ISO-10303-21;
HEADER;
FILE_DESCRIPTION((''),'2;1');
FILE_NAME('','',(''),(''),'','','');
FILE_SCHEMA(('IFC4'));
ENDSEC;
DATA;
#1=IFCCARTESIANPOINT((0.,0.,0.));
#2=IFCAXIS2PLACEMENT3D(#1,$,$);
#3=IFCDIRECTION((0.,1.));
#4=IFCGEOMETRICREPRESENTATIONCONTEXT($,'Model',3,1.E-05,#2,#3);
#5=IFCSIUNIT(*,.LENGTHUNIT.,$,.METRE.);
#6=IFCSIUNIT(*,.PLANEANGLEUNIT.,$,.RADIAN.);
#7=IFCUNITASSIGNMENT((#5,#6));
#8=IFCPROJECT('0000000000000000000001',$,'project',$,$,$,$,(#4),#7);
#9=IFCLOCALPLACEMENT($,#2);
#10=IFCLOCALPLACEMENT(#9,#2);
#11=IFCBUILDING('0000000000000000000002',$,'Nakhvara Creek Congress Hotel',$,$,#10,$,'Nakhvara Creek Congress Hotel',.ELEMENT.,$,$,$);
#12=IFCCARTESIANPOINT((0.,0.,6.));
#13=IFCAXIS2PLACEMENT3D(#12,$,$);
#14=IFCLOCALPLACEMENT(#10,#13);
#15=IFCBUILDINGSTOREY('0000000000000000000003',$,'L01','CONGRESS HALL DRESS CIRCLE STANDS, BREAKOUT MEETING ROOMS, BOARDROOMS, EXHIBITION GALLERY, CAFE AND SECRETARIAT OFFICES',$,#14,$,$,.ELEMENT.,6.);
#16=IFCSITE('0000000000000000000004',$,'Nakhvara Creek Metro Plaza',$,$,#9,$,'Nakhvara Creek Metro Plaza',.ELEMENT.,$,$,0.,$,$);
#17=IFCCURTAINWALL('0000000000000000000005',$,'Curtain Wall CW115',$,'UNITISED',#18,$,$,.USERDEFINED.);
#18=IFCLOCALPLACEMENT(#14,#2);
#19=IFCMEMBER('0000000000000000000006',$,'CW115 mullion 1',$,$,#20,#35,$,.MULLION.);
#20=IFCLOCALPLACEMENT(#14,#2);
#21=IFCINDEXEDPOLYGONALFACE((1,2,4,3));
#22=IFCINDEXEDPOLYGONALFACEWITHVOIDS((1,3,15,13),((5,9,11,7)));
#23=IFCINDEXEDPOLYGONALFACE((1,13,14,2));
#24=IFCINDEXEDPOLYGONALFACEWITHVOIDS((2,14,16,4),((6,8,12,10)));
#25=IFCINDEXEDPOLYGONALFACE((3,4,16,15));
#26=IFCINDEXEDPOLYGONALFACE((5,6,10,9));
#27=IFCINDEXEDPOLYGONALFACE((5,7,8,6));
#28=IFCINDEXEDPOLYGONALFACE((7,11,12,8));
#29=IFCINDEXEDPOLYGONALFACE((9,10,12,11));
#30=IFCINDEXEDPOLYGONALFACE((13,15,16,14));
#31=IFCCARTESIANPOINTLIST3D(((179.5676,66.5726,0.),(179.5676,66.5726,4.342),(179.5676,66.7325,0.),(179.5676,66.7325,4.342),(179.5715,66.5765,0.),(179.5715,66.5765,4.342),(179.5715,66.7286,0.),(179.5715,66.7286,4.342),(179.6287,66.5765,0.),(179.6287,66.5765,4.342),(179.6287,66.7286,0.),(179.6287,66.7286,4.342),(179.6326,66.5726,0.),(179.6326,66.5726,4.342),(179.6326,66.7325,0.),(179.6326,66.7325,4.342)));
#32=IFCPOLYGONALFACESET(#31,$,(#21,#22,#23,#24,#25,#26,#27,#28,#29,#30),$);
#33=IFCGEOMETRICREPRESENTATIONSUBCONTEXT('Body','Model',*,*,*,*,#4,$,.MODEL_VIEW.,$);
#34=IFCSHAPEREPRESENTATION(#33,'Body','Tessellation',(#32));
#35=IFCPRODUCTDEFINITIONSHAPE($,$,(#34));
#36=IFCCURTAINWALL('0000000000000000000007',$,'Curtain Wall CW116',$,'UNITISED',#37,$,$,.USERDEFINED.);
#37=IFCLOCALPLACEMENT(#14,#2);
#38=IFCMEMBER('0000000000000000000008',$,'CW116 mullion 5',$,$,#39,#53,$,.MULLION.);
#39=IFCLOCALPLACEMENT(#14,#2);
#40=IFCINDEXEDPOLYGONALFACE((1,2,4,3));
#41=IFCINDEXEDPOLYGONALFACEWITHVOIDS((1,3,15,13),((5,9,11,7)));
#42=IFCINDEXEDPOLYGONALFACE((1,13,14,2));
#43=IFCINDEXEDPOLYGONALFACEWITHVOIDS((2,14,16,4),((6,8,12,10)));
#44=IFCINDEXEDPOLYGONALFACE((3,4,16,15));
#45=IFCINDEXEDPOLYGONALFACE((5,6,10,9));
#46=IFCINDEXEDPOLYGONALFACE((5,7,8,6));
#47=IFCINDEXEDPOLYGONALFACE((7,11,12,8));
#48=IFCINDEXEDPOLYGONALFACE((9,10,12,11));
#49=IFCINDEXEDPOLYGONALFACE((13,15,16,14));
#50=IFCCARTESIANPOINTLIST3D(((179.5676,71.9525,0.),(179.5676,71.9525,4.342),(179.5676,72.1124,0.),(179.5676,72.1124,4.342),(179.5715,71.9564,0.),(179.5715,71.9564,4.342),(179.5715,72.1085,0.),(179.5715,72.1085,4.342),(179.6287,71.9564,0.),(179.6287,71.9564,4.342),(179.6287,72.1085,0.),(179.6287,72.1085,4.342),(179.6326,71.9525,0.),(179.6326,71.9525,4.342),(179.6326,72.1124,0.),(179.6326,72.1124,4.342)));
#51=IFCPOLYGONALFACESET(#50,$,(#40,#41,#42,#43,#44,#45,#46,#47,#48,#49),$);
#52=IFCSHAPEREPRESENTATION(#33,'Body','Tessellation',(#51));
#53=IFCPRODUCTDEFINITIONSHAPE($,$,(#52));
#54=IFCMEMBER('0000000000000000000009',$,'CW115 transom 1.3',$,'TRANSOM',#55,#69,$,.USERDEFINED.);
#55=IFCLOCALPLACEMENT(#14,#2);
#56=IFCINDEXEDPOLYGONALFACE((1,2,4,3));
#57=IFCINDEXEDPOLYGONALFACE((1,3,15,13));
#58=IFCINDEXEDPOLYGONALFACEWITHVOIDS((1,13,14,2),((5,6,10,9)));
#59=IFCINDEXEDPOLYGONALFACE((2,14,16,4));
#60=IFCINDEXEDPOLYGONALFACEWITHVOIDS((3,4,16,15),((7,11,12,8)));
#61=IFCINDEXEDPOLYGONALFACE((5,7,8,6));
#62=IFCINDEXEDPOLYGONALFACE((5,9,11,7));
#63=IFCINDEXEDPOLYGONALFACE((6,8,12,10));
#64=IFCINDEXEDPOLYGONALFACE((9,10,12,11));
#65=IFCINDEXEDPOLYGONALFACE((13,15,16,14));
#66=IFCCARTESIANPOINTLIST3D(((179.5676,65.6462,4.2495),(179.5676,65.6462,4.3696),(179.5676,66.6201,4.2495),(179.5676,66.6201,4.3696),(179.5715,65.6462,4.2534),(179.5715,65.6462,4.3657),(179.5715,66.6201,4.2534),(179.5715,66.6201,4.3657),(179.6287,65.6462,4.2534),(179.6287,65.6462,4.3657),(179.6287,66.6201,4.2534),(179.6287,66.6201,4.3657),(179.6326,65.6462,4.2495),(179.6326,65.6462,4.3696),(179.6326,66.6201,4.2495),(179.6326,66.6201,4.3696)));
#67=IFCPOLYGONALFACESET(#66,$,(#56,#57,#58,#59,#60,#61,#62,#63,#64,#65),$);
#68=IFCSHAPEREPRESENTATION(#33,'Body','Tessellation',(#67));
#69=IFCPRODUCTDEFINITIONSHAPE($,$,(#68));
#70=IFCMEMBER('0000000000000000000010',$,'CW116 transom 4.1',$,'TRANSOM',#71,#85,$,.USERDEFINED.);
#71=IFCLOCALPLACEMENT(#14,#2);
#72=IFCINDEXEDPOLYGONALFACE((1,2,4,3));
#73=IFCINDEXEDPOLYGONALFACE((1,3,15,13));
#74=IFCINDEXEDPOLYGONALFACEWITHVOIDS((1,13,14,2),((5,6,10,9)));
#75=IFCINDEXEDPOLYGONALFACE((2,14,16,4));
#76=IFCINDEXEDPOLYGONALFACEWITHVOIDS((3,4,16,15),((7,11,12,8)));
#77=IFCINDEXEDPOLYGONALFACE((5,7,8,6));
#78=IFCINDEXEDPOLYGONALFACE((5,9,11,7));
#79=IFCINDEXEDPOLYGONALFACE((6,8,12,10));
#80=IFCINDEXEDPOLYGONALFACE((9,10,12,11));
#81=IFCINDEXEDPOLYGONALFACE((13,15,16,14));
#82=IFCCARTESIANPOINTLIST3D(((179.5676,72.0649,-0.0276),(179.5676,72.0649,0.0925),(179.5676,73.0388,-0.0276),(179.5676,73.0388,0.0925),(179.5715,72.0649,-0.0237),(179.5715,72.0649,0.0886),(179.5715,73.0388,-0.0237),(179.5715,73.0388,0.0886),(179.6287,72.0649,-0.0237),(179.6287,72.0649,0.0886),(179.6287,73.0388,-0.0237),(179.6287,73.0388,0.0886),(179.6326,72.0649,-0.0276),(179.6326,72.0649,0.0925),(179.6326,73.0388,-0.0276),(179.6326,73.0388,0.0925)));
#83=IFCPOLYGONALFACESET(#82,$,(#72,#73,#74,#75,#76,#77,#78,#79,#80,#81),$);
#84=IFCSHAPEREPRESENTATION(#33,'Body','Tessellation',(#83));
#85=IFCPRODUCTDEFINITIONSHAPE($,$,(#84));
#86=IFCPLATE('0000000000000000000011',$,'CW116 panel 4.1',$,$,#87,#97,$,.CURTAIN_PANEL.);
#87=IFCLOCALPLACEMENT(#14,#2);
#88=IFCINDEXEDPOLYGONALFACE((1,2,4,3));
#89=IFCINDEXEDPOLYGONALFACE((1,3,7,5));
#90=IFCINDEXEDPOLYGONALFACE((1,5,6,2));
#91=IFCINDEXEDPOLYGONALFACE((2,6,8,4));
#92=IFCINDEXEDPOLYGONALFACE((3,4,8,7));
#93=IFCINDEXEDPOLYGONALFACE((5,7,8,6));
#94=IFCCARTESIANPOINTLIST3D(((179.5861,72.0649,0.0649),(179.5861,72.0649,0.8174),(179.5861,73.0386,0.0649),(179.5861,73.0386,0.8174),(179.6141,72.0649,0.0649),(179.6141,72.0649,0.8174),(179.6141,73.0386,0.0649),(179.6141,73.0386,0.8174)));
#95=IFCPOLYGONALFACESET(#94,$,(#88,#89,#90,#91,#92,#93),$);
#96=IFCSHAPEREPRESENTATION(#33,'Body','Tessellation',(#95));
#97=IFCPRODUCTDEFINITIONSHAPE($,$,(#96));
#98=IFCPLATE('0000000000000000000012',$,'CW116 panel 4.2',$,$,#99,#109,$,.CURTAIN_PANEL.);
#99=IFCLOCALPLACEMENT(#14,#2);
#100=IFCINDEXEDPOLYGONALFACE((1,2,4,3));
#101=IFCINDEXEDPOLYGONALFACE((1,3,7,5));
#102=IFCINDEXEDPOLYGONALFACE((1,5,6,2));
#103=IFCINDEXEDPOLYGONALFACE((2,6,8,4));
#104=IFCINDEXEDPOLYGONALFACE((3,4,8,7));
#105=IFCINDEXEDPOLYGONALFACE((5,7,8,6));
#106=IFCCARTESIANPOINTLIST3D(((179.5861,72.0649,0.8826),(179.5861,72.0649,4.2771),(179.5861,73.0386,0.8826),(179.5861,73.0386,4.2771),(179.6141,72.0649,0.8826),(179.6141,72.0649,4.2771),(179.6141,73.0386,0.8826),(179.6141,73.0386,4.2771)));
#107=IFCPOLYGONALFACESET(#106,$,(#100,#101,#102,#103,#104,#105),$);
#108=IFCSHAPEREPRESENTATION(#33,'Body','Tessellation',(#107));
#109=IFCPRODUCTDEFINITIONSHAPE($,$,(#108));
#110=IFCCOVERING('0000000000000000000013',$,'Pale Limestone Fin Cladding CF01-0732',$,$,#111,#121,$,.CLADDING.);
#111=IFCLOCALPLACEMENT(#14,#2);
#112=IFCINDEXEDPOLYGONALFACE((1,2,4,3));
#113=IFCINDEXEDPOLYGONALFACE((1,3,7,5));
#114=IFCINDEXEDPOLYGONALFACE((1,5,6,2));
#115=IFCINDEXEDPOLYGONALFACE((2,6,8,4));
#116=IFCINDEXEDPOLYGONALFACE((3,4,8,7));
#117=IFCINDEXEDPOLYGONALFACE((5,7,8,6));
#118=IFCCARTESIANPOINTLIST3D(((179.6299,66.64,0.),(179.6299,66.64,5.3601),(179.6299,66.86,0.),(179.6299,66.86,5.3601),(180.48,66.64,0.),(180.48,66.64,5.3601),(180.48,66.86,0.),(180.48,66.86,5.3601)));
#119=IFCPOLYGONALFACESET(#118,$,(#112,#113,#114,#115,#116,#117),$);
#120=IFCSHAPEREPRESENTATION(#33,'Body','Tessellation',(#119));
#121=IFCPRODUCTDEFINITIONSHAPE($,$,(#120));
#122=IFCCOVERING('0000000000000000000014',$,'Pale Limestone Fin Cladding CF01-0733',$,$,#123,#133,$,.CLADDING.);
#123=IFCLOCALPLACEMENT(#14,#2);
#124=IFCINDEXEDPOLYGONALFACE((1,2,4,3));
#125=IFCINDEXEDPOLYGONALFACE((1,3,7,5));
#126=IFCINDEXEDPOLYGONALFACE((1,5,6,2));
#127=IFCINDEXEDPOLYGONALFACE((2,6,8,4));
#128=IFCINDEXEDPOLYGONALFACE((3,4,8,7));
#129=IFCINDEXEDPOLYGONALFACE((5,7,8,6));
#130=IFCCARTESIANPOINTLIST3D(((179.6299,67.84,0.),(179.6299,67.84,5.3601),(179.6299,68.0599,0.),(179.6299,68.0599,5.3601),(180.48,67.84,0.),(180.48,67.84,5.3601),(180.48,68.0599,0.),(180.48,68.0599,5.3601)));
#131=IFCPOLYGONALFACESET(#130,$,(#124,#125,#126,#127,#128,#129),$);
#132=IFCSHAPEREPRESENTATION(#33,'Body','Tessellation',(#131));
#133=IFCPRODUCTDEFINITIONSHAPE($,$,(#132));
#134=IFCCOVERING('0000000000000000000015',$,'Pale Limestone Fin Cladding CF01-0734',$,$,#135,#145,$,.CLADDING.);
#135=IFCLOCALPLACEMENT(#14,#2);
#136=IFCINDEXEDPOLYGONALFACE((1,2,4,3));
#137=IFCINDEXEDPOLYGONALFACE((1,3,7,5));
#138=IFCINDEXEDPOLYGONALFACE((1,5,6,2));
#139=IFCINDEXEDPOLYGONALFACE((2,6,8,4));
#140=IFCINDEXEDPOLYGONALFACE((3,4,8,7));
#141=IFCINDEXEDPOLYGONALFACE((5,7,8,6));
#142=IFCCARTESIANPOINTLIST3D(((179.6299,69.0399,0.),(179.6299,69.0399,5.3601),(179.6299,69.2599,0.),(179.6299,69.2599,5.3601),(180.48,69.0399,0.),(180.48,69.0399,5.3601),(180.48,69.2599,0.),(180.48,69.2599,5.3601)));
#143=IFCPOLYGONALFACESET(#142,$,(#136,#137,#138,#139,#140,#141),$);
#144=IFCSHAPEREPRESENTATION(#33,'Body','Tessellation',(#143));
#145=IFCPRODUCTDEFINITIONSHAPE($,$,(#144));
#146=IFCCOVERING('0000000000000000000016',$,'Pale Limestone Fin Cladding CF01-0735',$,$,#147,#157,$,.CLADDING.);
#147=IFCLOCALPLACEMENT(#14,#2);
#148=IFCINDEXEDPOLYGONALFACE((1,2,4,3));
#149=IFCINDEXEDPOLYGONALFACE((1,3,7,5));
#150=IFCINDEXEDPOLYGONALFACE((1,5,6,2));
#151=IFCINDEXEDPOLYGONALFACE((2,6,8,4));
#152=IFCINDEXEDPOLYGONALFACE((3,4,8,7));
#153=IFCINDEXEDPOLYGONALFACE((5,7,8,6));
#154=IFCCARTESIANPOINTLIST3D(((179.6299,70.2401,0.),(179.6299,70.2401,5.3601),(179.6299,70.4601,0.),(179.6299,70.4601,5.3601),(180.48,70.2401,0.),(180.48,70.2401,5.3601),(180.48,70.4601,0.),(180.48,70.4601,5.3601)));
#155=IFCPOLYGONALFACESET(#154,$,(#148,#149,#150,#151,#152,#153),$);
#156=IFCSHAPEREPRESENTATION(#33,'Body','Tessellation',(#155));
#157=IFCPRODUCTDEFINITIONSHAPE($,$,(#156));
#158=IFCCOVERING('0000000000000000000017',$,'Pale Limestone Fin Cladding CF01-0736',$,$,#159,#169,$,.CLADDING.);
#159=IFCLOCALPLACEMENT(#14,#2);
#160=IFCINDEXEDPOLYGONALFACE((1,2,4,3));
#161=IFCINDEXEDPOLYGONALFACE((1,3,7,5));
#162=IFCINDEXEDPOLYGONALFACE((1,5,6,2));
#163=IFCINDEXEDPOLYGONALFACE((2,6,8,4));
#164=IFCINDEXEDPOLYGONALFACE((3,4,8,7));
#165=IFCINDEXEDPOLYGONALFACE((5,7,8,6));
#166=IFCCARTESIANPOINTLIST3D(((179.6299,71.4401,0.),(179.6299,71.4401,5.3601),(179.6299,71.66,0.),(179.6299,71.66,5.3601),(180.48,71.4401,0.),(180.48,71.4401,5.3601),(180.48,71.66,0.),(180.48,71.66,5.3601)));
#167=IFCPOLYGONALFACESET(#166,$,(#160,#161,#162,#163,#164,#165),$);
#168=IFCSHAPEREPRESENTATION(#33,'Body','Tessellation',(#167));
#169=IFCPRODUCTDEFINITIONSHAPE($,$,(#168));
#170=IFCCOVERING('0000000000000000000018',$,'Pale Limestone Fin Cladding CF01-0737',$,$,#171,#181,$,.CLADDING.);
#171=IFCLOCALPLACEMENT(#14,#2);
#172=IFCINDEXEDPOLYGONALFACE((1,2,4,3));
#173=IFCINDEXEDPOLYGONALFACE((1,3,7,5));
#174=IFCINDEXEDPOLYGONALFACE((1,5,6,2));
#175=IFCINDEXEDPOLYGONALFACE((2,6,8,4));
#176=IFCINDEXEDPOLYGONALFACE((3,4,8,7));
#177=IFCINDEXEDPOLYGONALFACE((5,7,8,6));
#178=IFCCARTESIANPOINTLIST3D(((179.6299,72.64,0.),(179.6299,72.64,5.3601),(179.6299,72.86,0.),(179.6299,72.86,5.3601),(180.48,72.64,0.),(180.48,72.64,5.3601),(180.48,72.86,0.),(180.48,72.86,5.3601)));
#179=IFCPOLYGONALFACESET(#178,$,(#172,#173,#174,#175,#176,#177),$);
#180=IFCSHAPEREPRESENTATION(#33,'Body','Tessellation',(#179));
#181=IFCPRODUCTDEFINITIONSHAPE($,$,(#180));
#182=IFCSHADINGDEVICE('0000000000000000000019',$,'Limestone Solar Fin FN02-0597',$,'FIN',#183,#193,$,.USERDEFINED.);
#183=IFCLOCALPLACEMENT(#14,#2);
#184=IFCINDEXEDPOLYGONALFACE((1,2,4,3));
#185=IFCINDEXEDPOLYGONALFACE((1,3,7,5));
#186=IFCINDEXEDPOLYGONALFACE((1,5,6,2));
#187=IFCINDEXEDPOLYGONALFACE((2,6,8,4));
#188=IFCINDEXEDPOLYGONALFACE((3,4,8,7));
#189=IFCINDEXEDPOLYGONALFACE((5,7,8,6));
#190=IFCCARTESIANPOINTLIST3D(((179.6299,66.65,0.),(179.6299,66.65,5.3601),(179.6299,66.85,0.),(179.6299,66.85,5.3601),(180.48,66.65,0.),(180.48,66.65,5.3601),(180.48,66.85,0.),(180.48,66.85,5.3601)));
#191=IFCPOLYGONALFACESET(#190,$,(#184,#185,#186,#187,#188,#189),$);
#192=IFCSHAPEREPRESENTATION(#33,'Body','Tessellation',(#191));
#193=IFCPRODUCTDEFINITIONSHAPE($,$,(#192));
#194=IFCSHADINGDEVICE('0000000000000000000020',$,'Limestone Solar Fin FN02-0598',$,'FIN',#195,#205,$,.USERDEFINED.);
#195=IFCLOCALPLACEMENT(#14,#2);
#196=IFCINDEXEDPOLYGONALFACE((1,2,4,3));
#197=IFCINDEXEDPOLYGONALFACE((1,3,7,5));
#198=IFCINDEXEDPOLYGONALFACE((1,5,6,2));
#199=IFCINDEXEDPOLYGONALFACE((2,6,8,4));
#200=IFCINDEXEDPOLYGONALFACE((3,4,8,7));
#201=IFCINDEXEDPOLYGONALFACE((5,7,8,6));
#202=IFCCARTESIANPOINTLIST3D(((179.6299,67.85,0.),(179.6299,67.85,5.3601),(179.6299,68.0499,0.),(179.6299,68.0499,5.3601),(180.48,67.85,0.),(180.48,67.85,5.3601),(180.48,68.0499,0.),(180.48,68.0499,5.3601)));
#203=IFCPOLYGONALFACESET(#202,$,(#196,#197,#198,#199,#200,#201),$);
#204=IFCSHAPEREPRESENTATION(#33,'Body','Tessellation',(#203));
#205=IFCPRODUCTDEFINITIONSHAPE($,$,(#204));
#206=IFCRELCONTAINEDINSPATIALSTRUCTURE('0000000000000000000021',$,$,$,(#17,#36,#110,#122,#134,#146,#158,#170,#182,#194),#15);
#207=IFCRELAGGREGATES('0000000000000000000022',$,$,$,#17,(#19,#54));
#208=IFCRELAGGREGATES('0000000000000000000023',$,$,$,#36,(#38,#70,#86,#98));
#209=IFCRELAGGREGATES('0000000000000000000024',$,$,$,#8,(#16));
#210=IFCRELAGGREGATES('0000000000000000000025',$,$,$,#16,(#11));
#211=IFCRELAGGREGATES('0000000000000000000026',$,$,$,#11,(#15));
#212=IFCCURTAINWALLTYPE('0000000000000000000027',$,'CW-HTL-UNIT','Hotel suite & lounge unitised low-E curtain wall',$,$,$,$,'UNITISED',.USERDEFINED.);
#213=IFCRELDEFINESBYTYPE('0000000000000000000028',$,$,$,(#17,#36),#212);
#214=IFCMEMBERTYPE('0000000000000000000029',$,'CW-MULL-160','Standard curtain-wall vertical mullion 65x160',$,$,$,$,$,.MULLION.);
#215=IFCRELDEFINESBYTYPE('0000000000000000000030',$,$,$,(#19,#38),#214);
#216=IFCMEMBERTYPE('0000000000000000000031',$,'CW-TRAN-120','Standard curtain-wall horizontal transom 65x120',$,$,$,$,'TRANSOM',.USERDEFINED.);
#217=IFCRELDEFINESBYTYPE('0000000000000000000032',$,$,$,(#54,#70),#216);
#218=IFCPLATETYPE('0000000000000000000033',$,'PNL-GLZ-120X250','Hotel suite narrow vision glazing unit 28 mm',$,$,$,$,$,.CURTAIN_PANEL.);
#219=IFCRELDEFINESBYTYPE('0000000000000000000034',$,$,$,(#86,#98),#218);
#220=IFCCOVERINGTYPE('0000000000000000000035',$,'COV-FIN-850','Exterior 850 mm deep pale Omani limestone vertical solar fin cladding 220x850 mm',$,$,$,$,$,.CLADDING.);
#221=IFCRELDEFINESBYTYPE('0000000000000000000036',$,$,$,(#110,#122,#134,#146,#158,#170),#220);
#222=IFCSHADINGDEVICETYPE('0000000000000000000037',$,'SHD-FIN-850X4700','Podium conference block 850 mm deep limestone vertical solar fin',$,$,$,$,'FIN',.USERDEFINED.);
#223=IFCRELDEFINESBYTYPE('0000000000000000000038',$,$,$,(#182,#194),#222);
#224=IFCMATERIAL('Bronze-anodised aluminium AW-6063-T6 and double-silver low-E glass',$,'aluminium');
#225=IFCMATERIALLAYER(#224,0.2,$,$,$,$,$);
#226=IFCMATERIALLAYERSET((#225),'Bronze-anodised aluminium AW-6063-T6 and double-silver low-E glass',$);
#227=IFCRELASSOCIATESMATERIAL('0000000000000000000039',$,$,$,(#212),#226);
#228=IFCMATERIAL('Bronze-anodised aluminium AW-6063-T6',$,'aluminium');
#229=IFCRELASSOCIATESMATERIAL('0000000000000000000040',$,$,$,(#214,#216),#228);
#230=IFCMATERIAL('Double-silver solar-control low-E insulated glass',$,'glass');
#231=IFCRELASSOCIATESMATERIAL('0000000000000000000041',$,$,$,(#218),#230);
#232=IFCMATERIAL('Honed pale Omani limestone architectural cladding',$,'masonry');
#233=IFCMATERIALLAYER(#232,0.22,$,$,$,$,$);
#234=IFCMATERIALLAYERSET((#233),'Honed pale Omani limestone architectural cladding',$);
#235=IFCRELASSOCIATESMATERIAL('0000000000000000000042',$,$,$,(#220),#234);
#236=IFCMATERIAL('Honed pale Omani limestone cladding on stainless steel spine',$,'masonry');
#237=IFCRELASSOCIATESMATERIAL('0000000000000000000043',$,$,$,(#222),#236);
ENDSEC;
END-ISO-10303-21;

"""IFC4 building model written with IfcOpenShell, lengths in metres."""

from ifc_helpers import new_model, si_unit, direction, frame, origin, origin_2d, place, context, subcontext, project, spatial, rectangle, hollow_rectangle, extrude, material, layer, layer_set, material_profile, profile_set, type_object, element, aggregate, save


model = new_model("IFC4")

# Units and contexts
model_context = context("Model", 3, precision=1e-05, world=origin(), true_north=direction((0.0, 1.0)))
body_context = subcontext(model_context, "Body", "Model", "MODEL_VIEW")
ifc_project = project(units=[si_unit("LENGTHUNIT", "METRE"), si_unit("PLANEANGLEUNIT", "RADIAN")], contexts=[model_context])

# Site, building, storey
site_placement = place(None, origin())
site = spatial("IfcSite", under=ifc_project, at=site_placement, Name="Nakhvara Creek Metro Plaza", LongName="Nakhvara Creek Metro Plaza", CompositionType="ELEMENT", RefElevation=0.0)
building_placement = place(site_placement, origin())
building = spatial("IfcBuilding", under=site, at=building_placement, Name="Nakhvara Creek Congress Hotel", LongName="Nakhvara Creek Congress Hotel", CompositionType="ELEMENT")
storey_placement = place(building_placement, frame((0.0, 0.0, 6.0)))
storey = spatial("IfcBuildingStorey", under=building, at=storey_placement, Name="L01", Description="CONGRESS HALL DRESS CIRCLE STANDS, BREAKOUT MEETING ROOMS, BOARDROOMS, EXHIBITION GALLERY, CAFE AND SECRETARIAT OFFICES", CompositionType="ELEMENT", Elevation=6.0)

# Curtain walls, members
ifc_material_1 = material(Name="Bronze-anodised aluminium AW-6063-T6 and double-silver low-E glass", Category="aluminium")
ifc_layer_1 = layer(ifc_material_1, 0.2)
ifc_layer_set_1 = layer_set([ifc_layer_1], Name="Bronze-anodised aluminium AW-6063-T6 and double-silver low-E glass")
curtain_wall_type = type_object("IfcCurtainWallType", Name="CW-HTL-UNIT", Description="Hotel suite & lounge unitised low-E curtain wall", ElementType="UNITISED", PredefinedType="USERDEFINED", material=ifc_layer_set_1)
curtain_wall_1_placement = place(storey_placement, origin())
curtain_wall_1 = element("IfcCurtainWall", 1, at=curtain_wall_1_placement, inside=storey, type_object=curtain_wall_type, Name="Curtain Wall CW115", ObjectType="UNITISED", PredefinedType="USERDEFINED")
ifc_material_2 = material(Name="Bronze-anodised aluminium AW-6063-T6", Category="aluminium")
ifc_material_profile_1 = material_profile(ifc_material_2, hollow_rectangle(XDim=0.0649, YDim=0.1599, WallThickness=0.0039, at=origin_2d()), Name="ALU-MULL 65x160x4", Category="LoadBearing")
ifc_profile_set_1 = profile_set([ifc_material_profile_1], Name="Bronze-anodised aluminium AW-6063-T6")
member_type_1 = type_object("IfcMemberType", Name="CW-MULL-160", Description="Standard curtain-wall vertical mullion 65x160", PredefinedType="MULLION", material=ifc_profile_set_1)
member_1_placement = place(storey_placement, frame((179.6001, 66.6526, 0.0), z_axis=(0.0, 0.0, 1.0), x_axis=(1.0, 0.0, 0.0)))
member_1 = element("IfcMember", 2, at=member_1_placement, type_object=member_type_1, Name="CW115 mullion 1", PredefinedType="MULLION", context=body_context, shape_type="SweptSolid", body=[
    extrude(hollow_rectangle(XDim=0.0649, YDim=0.1599, WallThickness=0.0039, at=origin_2d()), origin(), (0.0, 0.0, 1.0), 4.342),
])
curtain_wall_2_placement = place(storey_placement, origin())
curtain_wall_2 = element("IfcCurtainWall", 3, at=curtain_wall_2_placement, inside=storey, type_object=curtain_wall_type, Name="Curtain Wall CW116", ObjectType="UNITISED", PredefinedType="USERDEFINED")
member_2_placement = place(storey_placement, frame((179.6001, 72.0325, 0.0), z_axis=(0.0, 0.0, 1.0), x_axis=(1.0, 0.0, 0.0)))
member_2 = element("IfcMember", 4, at=member_2_placement, type_object=member_type_1, Name="CW116 mullion 5", PredefinedType="MULLION", context=body_context, shape_type="SweptSolid", body=[
    extrude(hollow_rectangle(XDim=0.0649, YDim=0.1599, WallThickness=0.0039, at=origin_2d()), origin(), (0.0, 0.0, 1.0), 4.342),
])

# Members
ifc_material_profile_2 = material_profile(ifc_material_2, hollow_rectangle(XDim=0.0649, YDim=0.1201, WallThickness=0.0039, at=origin_2d()), Name="ALU-TRAN 65x120x4", Category="LoadBearing")
ifc_profile_set_2 = profile_set([ifc_material_profile_2], Name="Bronze-anodised aluminium AW-6063-T6")
member_type_2 = type_object("IfcMemberType", Name="CW-TRAN-120", Description="Standard curtain-wall horizontal transom 65x120", ElementType="TRANSOM", PredefinedType="USERDEFINED", material=ifc_profile_set_2)
member_3_placement = place(storey_placement, frame((179.6001, 66.6201, 4.3096), z_axis=(0.0, -1.0, 0.0), x_axis=(1.0, 0.0, 0.0)))
member_3 = element("IfcMember", 5, at=member_3_placement, type_object=member_type_2, Name="CW115 transom 1.3", ObjectType="TRANSOM", PredefinedType="USERDEFINED", context=body_context, shape_type="SweptSolid", body=[
    extrude(hollow_rectangle(XDim=0.0649, YDim=0.1201, WallThickness=0.0039, at=origin_2d()), origin(), (0.0, 0.0, 1.0), 0.9739),
])
aggregate(curtain_wall_1, [member_1, member_3])
member_4_placement = place(storey_placement, frame((179.6001, 73.0388, 0.0325), z_axis=(0.0, -1.0, 0.0), x_axis=(1.0, 0.0, 0.0)))
member_4 = element("IfcMember", 6, at=member_4_placement, type_object=member_type_2, Name="CW116 transom 4.1", ObjectType="TRANSOM", PredefinedType="USERDEFINED", context=body_context, shape_type="SweptSolid", body=[
    extrude(hollow_rectangle(XDim=0.0649, YDim=0.1201, WallThickness=0.0039, at=origin_2d()), origin(), (0.0, 0.0, 1.0), 0.9739),
])

# Plates
ifc_material_3 = material(Name="Double-silver solar-control low-E insulated glass", Category="glass")
plate_type = type_object("IfcPlateType", Name="PNL-GLZ-120X250", Description="Hotel suite narrow vision glazing unit 28 mm", PredefinedType="CURTAIN_PANEL", material=ifc_material_3)
plate_1_placement = place(storey_placement, frame((179.6001, 72.5518, 0.0649), z_axis=(0.0, 0.0, 1.0), x_axis=(0.0, -1.0, 0.0)))
plate_1 = element("IfcPlate", 7, at=plate_1_placement, type_object=plate_type, Name="CW116 panel 4.1", PredefinedType="CURTAIN_PANEL", context=body_context, shape_type="SweptSolid", body=[
    extrude(rectangle(XDim=0.9736, YDim=0.0281, at=origin_2d()), origin(), (0.0, 0.0, 1.0), 0.7524),
])
plate_2_placement = place(storey_placement, frame((179.6001, 72.5518, 0.8826), z_axis=(0.0, 0.0, 1.0), x_axis=(0.0, -1.0, 0.0)))
plate_2 = element("IfcPlate", 8, at=plate_2_placement, type_object=plate_type, Name="CW116 panel 4.2", PredefinedType="CURTAIN_PANEL", context=body_context, shape_type="SweptSolid", body=[
    extrude(rectangle(XDim=0.9736, YDim=0.0281, at=origin_2d()), origin(), (0.0, 0.0, 1.0), 3.3945),
])
aggregate(curtain_wall_2, [member_2, member_4, plate_1, plate_2])

# Coverings
ifc_material_4 = material(Name="Honed pale Omani limestone architectural cladding", Category="masonry")
ifc_layer_2 = layer(ifc_material_4, 0.22)
ifc_layer_set_2 = layer_set([ifc_layer_2], Name="Honed pale Omani limestone architectural cladding")
covering_type = type_object("IfcCoveringType", Name="COV-FIN-850", Description="Exterior 850 mm deep pale Omani limestone vertical solar fin cladding 220x850 mm", PredefinedType="CLADDING", material=ifc_layer_set_2)
for number, where, z_axis, x_axis, name in (
    (9, (180.0549, 66.75, 0.0), (0.0, 0.0, 1.0), (0.0, 1.0, 0.0), "Pale Limestone Fin Cladding CF01-0732"),
    (10, (180.0549, 67.95, 0.0), (0.0, 0.0, 1.0), (0.0, 1.0, 0.0), "Pale Limestone Fin Cladding CF01-0733"),
    (11, (180.0549, 69.1499, 0.0), (0.0, 0.0, 1.0), (0.0, 1.0, 0.0), "Pale Limestone Fin Cladding CF01-0734"),
    (12, (180.0549, 70.3501, 0.0), (0.0, 0.0, 1.0), (0.0, 1.0, 0.0), "Pale Limestone Fin Cladding CF01-0735"),
    (13, (180.0549, 71.55, 0.0), (0.0, 0.0, 1.0), (0.0, 1.0, 0.0), "Pale Limestone Fin Cladding CF01-0736"),
    (14, (180.0549, 72.75, 0.0), (0.0, 0.0, 1.0), (0.0, 1.0, 0.0), "Pale Limestone Fin Cladding CF01-0737"),
):
    element("IfcCovering", number, at=place(storey_placement, frame(where, z_axis=z_axis, x_axis=x_axis)), inside=storey, type_object=covering_type, Name=name, PredefinedType="CLADDING", context=body_context, shape_type="SweptSolid", body=[
        extrude(rectangle(XDim=0.22, YDim=0.8501, at=origin_2d()), origin(), (0.0, 0.0, 1.0), 5.3601),
    ])

# Shading devices
ifc_material_5 = material(Name="Honed pale Omani limestone cladding on stainless steel spine", Category="masonry")
shading_device_type = type_object("IfcShadingDeviceType", Name="SHD-FIN-850X4700", Description="Podium conference block 850 mm deep limestone vertical solar fin", ElementType="FIN", PredefinedType="USERDEFINED", material=ifc_material_5)
for number, where, z_axis, x_axis, name in (
    (15, (180.0549, 66.75, 0.0), (0.0, 0.0, 1.0), (0.0, 1.0, 0.0), "Limestone Solar Fin FN02-0597"),
    (16, (180.0549, 67.95, 0.0), (0.0, 0.0, 1.0), (0.0, 1.0, 0.0), "Limestone Solar Fin FN02-0598"),
):
    element("IfcShadingDevice", number, at=place(storey_placement, frame(where, z_axis=z_axis, x_axis=x_axis)), inside=storey, type_object=shading_device_type, Name=name, ObjectType="FIN", PredefinedType="USERDEFINED", context=body_context, shape_type="SweptSolid", body=[
        extrude(rectangle(XDim=0.2, YDim=0.8501, at=origin_2d()), origin(), (0.0, 0.0, 1.0), 5.3601),
    ])

save(model, "model.ifc")
